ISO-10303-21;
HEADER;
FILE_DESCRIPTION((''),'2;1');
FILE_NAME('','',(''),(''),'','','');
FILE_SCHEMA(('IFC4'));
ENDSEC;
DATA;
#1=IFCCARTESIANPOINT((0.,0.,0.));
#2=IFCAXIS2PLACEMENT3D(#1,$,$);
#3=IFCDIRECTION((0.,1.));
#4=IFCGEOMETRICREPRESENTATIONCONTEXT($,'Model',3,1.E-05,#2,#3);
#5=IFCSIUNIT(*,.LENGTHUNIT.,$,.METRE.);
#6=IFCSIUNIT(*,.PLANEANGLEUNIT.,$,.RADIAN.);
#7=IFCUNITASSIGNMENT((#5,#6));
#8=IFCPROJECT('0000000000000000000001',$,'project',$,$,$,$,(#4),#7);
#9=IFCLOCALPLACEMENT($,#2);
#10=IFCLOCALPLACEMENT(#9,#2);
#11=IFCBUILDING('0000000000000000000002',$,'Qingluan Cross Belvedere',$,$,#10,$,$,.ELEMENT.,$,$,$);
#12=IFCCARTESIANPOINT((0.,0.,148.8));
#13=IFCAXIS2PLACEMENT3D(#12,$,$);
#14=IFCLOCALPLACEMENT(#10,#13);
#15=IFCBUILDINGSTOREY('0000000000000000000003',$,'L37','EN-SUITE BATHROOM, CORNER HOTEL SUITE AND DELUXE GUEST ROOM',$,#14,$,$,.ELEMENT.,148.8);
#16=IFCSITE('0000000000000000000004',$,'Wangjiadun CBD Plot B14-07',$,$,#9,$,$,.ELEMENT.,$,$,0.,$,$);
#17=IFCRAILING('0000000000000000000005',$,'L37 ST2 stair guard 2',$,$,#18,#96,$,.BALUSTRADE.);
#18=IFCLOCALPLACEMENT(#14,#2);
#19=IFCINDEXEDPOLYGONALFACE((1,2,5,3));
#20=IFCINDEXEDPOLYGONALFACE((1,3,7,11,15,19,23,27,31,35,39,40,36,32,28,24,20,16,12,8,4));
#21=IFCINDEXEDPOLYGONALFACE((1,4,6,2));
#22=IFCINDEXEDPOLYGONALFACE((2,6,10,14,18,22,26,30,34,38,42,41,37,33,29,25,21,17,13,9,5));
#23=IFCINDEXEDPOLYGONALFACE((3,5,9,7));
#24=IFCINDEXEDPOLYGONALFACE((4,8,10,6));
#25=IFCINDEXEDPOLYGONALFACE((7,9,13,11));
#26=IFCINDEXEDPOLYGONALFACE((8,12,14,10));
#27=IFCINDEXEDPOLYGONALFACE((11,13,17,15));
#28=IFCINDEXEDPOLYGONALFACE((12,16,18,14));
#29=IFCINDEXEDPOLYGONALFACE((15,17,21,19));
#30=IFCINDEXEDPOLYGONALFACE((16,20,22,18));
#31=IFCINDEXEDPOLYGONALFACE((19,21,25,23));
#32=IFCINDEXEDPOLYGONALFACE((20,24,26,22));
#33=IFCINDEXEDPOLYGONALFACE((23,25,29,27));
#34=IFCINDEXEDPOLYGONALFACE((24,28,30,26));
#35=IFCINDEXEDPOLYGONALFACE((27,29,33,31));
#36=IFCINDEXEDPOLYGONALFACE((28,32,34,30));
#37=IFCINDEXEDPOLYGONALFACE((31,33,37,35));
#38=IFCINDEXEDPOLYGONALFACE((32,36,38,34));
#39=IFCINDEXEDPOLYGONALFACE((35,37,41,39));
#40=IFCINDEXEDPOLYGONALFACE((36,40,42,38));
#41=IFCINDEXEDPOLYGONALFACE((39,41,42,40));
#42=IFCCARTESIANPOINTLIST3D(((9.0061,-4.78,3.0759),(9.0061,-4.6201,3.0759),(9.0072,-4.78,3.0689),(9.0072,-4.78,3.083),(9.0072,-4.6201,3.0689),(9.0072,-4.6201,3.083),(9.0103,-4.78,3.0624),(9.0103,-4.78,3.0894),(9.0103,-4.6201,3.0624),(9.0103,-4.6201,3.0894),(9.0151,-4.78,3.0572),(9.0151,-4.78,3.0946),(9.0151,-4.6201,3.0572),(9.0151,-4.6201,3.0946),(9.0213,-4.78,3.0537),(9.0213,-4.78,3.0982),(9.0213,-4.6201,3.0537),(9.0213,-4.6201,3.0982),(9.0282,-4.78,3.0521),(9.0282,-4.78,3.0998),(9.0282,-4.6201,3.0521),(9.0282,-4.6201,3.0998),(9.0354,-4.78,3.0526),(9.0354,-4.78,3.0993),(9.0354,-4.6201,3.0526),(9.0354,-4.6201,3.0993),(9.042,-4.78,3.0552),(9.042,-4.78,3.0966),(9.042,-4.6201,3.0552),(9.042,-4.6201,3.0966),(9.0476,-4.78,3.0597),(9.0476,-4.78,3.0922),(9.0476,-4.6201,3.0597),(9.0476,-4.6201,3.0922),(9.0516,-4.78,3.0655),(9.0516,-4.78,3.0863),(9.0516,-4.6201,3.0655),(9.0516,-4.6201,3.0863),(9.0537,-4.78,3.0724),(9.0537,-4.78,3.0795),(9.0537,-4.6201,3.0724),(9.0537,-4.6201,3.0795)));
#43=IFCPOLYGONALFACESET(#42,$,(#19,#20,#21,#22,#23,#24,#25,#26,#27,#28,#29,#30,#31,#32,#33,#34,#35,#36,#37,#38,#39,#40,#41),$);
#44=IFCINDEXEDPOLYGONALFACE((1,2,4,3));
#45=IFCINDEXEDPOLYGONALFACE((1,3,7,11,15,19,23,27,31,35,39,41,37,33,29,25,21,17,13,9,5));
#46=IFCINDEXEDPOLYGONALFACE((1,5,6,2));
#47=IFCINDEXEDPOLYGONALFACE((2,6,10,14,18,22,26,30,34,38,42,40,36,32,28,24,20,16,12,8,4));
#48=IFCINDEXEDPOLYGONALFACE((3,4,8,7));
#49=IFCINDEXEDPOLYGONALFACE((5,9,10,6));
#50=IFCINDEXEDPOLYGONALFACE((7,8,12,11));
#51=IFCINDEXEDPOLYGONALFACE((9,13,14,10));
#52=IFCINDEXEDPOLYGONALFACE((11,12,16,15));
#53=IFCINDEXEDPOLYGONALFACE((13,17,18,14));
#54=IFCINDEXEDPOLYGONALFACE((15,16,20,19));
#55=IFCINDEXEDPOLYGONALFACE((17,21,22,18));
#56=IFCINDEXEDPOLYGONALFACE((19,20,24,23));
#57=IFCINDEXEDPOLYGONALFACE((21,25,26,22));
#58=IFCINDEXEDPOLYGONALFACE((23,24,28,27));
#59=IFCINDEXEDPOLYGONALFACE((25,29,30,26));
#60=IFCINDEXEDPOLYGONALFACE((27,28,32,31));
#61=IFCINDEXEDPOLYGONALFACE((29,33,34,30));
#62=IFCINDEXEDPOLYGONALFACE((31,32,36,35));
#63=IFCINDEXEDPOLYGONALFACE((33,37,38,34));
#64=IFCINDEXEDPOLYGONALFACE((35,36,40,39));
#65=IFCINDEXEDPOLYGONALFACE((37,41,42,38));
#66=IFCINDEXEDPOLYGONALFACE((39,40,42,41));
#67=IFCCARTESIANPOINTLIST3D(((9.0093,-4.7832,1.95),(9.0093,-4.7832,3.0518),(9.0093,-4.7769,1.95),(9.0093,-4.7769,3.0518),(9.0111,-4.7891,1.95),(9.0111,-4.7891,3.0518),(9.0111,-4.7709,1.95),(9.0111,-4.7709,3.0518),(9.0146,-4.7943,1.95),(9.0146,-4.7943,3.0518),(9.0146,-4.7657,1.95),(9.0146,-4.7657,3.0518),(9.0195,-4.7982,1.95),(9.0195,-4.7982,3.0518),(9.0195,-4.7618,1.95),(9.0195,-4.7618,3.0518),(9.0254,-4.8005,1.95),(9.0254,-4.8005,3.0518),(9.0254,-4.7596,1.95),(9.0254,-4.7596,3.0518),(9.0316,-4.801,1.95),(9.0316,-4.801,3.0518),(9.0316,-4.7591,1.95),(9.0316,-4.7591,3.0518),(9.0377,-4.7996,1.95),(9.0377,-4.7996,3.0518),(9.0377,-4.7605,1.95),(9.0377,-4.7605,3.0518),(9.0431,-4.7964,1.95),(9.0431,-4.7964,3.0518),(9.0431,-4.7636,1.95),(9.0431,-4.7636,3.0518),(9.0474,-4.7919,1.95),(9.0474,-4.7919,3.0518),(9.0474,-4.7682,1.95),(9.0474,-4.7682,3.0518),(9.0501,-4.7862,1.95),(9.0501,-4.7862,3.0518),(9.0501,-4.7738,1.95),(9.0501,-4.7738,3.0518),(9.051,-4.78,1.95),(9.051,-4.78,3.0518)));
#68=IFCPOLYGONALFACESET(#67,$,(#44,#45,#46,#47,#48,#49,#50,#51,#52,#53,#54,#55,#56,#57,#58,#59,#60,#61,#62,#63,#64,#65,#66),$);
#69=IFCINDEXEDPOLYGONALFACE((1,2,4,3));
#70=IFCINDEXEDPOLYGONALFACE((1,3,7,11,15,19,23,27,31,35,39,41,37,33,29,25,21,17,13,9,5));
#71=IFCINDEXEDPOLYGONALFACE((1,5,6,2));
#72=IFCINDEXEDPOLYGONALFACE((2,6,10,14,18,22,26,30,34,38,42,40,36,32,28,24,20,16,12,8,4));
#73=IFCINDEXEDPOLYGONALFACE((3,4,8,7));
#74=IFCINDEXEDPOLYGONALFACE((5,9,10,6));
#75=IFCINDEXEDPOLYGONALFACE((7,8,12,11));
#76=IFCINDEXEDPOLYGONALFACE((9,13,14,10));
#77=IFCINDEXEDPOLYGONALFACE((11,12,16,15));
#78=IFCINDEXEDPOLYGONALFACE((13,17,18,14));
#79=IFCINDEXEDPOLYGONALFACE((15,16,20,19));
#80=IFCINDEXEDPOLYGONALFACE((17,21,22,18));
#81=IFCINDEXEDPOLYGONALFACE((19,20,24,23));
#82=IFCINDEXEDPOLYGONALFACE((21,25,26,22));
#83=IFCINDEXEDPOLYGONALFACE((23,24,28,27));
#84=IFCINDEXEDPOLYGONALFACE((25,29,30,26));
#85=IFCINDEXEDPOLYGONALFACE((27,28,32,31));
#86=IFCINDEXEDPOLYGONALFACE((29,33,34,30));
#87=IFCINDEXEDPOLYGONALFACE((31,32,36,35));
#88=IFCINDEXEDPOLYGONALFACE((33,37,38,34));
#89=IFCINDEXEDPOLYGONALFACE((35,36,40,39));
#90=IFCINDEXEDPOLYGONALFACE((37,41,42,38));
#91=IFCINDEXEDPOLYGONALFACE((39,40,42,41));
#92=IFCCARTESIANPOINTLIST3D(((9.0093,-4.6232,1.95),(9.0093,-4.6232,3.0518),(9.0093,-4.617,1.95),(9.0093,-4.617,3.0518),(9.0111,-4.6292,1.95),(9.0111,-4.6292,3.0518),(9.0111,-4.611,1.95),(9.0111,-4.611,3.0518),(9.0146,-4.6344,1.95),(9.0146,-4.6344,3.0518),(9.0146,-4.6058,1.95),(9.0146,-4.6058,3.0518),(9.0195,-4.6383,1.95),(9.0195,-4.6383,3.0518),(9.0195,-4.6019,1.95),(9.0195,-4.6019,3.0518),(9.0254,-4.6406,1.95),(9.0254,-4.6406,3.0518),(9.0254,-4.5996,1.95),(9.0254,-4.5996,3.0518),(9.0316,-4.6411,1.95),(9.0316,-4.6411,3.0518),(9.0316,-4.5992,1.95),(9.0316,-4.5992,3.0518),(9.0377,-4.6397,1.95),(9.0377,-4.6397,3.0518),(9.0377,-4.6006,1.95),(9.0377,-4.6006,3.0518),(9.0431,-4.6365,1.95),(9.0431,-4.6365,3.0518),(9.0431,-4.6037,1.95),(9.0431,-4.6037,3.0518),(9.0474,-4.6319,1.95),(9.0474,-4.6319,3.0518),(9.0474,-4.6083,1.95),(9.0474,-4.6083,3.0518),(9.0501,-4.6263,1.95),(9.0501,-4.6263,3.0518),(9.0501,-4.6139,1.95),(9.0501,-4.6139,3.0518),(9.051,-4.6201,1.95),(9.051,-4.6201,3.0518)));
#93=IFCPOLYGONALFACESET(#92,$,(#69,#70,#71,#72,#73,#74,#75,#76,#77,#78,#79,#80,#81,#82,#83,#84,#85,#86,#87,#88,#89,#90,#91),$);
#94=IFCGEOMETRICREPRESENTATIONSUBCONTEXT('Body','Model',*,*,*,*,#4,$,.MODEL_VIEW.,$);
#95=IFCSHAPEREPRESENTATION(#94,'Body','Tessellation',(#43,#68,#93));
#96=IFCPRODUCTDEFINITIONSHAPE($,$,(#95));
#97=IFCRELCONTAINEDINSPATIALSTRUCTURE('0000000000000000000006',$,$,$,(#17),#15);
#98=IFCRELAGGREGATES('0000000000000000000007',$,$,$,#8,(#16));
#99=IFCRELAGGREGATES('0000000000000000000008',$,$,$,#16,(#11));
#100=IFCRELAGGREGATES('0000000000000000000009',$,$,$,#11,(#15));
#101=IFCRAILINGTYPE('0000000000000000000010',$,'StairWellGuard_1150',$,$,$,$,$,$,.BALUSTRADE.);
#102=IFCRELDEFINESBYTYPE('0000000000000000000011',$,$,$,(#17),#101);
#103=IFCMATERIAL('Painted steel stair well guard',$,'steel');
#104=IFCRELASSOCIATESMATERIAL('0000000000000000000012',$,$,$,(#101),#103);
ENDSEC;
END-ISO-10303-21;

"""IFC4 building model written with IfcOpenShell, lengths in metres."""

from ifc_helpers import new_model, si_unit, direction, frame, origin, origin_2d, place, context, subcontext, project, spatial, circle, extrude, material, type_object, element, save


model = new_model("IFC4")

# Units and contexts
model_context = context("Model", 3, precision=1e-05, world=origin(), true_north=direction((0.0, 1.0)))
body_context = subcontext(model_context, "Body", "Model", "MODEL_VIEW")
ifc_project = project(units=[si_unit("LENGTHUNIT", "METRE"), si_unit("PLANEANGLEUNIT", "RADIAN")], contexts=[model_context])

# Site, building, storey
site_placement = place(None, origin())
site = spatial("IfcSite", under=ifc_project, at=site_placement, Name="Wangjiadun CBD Plot B14-07", CompositionType="ELEMENT", RefElevation=0.0)
building_placement = place(site_placement, origin())
building = spatial("IfcBuilding", under=site, at=building_placement, Name="Qingluan Cross Belvedere", CompositionType="ELEMENT")
storey_placement = place(building_placement, frame((0.0, 0.0, 148.8)))
storey = spatial("IfcBuildingStorey", under=building, at=storey_placement, Name="L37", Description="EN-SUITE BATHROOM, CORNER HOTEL SUITE AND DELUXE GUEST ROOM", CompositionType="ELEMENT", Elevation=148.8)

# Railing
ifc_material_1 = material(Name="Painted steel stair well guard", Category="steel")
railing_type_1 = type_object("IfcRailingType", Name="StairWellGuard_1150", PredefinedType="BALUSTRADE", material=ifc_material_1)
railing_1_placement = place(storey_placement, frame((9.03, -4.78, 1.95)))
element("IfcRailing", 1, at=railing_1_placement, inside=storey, type_object=railing_type_1, Name="L37 ST2 stair guard 2", PredefinedType="BALUSTRADE", context=body_context, shape_type="SweptSolid", body=[
    extrude(circle(Radius=0.0239, at=origin_2d()), frame((0.0, 0.0, 1.126), z_axis=(0.0, 1.0, 0.0), x_axis=(-1.0, 0.0, 0.0)), (0.0, 0.0, 1.0), 0.1599),
    extrude(circle(Radius=0.021, at=origin_2d()), origin(), (0.0, 0.0, 1.0), 1.1018),
    extrude(circle(Radius=0.021, at=origin_2d()), frame((0.0, 0.1599, 0.0)), (0.0, 0.0, 1.0), 1.1018),
])

save(model, "model.ifc")
